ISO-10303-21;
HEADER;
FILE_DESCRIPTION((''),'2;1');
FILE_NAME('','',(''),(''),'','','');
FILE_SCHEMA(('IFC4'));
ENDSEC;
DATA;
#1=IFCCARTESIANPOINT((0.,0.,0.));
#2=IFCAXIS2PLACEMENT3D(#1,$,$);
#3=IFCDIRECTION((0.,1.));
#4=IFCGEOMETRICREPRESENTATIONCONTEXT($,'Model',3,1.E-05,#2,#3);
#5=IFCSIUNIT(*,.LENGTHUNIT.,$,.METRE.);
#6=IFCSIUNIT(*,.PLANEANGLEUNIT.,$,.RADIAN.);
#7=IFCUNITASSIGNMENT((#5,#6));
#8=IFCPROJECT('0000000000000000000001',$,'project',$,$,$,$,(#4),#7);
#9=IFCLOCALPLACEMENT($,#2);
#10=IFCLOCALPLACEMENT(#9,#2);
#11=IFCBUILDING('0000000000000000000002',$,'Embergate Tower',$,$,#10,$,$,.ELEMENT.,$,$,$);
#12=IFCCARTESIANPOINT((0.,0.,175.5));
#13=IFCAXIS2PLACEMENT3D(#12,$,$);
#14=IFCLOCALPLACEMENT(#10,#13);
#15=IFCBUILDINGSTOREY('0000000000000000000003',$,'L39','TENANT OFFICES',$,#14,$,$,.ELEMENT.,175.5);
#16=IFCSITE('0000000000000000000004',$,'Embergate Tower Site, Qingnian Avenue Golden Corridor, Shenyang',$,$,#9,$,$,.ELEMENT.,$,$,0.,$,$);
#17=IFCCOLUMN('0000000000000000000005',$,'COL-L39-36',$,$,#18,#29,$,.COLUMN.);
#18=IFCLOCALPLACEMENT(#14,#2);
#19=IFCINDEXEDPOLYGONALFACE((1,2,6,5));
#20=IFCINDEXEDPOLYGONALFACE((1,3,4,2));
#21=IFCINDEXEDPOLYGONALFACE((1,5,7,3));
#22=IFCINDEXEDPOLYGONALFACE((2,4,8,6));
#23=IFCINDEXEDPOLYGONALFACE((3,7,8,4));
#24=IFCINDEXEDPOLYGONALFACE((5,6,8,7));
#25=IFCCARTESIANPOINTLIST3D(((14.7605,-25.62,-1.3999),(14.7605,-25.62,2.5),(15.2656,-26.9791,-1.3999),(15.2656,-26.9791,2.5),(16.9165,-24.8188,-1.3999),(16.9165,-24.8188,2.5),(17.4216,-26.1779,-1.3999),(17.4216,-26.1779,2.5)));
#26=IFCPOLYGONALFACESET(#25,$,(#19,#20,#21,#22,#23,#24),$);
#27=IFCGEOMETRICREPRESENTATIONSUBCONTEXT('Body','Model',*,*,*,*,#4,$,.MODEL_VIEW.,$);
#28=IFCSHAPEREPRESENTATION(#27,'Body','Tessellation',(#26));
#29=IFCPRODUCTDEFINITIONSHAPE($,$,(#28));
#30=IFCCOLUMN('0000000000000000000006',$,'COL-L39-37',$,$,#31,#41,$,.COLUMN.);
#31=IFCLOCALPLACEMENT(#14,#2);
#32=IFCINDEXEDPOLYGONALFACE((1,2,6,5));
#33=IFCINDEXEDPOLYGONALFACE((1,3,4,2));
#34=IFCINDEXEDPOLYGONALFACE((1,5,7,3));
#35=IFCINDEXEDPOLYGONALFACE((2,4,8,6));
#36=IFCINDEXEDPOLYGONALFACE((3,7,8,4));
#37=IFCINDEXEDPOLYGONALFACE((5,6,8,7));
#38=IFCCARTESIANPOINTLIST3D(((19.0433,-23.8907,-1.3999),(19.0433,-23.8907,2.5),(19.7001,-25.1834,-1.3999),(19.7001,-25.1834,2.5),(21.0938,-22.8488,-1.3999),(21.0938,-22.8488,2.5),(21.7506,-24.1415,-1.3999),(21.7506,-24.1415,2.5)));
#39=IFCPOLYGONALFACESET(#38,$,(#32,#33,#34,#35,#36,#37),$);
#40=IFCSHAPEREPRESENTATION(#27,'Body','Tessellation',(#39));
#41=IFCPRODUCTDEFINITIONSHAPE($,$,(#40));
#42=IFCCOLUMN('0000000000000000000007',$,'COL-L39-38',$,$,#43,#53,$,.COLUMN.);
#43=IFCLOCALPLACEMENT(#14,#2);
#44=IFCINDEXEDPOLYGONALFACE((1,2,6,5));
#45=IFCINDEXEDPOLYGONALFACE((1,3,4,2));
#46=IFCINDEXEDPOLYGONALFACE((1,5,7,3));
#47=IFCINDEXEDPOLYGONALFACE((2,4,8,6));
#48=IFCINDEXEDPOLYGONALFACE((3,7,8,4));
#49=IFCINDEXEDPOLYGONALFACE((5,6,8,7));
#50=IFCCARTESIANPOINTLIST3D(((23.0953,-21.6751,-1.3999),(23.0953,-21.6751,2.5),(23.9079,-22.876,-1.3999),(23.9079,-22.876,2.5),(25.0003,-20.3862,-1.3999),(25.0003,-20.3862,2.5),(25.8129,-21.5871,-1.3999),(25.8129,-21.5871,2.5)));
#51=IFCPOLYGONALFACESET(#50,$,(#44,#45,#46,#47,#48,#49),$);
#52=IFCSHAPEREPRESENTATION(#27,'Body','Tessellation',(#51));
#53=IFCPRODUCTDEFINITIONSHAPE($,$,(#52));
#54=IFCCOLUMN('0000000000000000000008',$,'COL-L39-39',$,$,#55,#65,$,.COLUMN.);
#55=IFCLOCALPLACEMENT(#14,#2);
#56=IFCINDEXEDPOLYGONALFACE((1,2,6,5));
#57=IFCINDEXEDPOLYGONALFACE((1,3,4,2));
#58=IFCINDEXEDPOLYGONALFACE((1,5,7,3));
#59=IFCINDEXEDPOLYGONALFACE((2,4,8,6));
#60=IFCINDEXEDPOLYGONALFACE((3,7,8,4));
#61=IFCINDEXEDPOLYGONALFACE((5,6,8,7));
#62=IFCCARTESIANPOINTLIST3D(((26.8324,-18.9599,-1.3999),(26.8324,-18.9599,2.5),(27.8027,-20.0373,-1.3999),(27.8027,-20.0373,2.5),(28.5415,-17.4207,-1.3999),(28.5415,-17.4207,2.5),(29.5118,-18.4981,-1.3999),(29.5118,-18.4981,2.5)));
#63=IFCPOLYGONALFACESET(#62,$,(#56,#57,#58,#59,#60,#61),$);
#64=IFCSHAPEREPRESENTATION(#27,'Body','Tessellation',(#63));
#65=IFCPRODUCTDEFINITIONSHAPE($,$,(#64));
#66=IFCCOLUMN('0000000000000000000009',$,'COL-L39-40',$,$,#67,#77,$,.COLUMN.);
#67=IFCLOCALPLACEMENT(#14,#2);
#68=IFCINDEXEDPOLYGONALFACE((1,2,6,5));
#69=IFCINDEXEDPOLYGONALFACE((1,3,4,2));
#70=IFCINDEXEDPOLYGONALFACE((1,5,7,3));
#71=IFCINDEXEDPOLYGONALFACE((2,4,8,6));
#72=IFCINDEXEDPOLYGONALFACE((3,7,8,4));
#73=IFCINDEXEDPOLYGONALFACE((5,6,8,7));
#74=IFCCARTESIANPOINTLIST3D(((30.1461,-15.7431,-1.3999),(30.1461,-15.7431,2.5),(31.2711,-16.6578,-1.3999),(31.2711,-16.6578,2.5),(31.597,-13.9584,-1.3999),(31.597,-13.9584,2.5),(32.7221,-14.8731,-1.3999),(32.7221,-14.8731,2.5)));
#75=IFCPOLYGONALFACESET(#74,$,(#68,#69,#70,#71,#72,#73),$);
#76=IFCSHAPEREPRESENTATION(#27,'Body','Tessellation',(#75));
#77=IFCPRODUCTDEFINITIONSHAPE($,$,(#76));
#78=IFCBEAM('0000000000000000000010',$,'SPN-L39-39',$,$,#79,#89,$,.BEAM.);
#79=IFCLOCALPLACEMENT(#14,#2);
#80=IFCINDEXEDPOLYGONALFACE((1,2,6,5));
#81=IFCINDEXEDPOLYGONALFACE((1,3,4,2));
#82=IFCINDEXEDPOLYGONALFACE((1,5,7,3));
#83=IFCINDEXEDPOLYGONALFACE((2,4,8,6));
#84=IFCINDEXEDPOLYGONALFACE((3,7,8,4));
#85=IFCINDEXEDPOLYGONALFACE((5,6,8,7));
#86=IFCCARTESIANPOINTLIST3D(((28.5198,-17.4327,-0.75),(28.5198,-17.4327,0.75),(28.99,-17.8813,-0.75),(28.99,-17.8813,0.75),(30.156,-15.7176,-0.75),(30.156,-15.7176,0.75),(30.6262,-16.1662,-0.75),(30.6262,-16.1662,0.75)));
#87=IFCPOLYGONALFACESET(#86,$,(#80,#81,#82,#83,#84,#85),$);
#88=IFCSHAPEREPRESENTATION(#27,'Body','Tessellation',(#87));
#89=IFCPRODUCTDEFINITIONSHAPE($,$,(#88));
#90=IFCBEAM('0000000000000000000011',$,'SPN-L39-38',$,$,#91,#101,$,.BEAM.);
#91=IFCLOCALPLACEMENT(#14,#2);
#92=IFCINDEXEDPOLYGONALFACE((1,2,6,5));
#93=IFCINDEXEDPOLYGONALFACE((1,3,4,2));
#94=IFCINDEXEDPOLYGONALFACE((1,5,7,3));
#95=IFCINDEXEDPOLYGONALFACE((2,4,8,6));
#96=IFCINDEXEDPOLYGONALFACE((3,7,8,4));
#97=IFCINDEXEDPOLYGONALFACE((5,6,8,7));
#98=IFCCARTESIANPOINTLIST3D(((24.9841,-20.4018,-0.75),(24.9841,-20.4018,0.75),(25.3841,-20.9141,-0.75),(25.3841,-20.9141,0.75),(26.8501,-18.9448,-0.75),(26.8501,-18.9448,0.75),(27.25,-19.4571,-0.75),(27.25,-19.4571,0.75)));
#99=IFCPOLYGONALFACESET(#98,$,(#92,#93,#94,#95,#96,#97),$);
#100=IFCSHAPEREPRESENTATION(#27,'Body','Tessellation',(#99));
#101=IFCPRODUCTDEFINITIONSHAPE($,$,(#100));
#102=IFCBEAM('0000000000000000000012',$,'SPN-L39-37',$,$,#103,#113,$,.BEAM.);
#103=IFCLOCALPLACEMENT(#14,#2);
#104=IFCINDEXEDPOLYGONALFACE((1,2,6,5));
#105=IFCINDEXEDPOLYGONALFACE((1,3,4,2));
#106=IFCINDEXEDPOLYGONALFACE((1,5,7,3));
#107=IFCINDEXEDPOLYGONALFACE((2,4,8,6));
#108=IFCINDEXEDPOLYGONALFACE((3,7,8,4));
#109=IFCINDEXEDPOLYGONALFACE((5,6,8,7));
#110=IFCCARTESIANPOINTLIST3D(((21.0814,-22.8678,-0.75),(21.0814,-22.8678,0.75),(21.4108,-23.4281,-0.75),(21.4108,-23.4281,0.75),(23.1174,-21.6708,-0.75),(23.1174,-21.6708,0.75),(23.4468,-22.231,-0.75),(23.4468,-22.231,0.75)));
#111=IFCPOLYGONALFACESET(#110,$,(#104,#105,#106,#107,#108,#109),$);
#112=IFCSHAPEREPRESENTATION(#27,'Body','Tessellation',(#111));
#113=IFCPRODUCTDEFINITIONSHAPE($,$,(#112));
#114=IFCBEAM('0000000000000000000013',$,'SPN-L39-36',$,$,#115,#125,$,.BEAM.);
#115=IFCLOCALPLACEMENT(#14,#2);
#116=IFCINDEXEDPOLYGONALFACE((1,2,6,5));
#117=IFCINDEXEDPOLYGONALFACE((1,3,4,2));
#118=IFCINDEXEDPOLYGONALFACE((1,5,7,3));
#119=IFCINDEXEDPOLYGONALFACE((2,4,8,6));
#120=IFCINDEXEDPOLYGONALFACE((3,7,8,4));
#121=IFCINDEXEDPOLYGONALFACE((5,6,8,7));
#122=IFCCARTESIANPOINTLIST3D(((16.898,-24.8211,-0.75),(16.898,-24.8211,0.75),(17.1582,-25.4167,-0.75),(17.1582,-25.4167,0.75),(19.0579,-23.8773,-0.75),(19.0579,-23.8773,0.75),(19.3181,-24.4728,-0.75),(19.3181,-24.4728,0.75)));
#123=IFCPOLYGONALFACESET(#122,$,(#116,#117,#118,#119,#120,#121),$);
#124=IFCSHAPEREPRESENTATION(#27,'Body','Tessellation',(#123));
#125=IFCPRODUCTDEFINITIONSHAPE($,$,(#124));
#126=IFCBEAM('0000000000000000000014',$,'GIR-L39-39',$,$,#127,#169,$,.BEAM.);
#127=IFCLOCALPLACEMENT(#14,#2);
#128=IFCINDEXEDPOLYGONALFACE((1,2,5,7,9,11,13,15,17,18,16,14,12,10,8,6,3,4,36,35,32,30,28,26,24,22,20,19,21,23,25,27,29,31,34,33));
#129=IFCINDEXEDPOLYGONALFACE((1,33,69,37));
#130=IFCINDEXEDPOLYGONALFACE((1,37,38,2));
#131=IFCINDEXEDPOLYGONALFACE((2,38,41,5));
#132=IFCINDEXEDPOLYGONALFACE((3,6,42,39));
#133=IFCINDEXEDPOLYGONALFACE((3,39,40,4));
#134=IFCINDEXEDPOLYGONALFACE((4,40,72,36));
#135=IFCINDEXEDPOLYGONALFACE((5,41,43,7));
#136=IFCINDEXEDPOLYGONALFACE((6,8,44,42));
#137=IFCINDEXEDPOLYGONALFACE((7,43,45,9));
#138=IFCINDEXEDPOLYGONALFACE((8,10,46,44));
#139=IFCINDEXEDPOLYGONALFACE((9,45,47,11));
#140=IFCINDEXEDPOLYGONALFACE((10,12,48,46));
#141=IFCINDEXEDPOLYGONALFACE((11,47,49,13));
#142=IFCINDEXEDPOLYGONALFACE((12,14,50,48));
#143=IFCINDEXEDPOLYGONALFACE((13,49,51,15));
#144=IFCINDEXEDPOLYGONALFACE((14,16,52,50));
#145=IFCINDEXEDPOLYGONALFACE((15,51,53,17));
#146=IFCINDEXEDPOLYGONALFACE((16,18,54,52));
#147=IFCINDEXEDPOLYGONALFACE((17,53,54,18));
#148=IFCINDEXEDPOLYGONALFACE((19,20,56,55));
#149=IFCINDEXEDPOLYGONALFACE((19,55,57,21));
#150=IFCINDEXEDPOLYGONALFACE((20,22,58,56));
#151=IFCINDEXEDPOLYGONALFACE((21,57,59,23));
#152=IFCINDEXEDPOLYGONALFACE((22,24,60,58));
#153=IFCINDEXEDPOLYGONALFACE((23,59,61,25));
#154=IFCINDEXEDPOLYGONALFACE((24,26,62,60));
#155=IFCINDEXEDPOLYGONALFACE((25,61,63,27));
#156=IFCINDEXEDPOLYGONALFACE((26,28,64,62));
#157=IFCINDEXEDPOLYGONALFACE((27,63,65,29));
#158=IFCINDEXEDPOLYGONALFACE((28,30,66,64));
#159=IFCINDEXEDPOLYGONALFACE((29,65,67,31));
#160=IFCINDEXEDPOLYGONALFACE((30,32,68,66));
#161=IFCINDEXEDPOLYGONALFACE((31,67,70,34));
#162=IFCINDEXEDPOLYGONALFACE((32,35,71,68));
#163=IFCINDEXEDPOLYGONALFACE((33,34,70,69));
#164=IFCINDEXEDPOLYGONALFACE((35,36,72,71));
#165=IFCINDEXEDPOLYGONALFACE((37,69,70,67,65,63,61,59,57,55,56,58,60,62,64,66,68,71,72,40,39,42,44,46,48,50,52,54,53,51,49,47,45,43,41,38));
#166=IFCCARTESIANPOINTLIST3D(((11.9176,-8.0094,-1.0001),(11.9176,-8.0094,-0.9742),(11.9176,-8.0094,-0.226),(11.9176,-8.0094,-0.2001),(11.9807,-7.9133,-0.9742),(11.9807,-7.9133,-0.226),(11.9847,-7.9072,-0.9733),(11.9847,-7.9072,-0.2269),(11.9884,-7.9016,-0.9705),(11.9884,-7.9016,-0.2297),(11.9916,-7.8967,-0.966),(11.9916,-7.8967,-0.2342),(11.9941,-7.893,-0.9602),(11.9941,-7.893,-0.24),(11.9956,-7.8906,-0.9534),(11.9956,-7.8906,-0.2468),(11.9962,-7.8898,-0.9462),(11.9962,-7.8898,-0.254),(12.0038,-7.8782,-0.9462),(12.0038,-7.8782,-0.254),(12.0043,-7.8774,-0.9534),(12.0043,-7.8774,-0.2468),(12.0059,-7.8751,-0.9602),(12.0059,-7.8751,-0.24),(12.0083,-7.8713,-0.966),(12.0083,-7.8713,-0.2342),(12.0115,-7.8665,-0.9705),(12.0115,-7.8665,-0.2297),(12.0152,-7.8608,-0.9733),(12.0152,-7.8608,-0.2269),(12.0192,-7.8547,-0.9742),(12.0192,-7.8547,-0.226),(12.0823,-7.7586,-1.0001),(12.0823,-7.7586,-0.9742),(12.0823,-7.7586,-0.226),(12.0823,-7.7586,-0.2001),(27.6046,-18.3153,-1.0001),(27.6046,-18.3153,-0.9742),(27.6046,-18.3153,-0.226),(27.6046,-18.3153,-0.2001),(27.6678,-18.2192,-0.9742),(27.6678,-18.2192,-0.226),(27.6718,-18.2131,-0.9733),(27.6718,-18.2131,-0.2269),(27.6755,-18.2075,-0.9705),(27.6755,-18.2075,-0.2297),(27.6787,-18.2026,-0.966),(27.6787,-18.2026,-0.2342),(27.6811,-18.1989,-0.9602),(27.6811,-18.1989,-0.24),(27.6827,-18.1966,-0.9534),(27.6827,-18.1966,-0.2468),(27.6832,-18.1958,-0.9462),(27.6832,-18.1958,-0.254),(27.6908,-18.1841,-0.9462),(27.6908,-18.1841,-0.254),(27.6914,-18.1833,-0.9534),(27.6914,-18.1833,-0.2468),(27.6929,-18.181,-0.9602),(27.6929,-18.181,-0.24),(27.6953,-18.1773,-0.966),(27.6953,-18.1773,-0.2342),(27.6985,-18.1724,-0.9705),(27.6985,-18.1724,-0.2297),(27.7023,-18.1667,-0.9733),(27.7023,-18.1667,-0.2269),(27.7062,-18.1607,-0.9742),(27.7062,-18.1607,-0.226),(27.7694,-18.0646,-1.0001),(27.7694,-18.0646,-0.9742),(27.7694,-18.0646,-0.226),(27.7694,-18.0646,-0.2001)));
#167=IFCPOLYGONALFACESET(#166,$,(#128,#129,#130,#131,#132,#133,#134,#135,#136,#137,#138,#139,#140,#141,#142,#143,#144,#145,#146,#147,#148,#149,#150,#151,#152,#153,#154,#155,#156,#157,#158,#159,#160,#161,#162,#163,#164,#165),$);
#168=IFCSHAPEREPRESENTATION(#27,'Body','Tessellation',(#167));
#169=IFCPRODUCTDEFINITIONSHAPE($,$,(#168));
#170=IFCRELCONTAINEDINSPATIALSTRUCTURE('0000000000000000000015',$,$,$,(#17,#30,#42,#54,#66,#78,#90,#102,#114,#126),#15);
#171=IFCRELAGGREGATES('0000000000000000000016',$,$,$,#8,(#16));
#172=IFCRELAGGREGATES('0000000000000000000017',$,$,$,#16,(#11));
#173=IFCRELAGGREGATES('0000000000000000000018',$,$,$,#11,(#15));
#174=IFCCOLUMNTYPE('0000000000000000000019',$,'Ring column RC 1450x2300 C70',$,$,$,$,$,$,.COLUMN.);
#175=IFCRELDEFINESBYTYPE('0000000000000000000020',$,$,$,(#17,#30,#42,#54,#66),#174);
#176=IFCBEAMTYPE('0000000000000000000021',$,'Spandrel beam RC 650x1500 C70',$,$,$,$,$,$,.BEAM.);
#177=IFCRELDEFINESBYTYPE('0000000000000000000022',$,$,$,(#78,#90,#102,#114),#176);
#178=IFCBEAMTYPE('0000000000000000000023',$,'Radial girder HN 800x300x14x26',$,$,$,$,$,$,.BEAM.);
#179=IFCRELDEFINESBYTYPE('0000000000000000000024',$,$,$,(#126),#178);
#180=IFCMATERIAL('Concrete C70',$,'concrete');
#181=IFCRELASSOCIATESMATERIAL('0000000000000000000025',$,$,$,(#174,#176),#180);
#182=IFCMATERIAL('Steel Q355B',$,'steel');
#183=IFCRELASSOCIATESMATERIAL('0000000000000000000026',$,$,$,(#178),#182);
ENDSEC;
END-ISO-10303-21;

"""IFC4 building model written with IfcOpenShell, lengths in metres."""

from ifc_helpers import new_model, si_unit, direction, frame, origin, origin_2d, place, context, subcontext, project, spatial, rectangle, i_section, extrude, source, transform, mapped, material, material_profile, profile_set, type_object, element, save


model = new_model("IFC4")

# Units and contexts
model_context = context("Model", 3, precision=1e-05, world=origin(), true_north=direction((0.0, 1.0)))
body_context = subcontext(model_context, "Body", "Model", "MODEL_VIEW")
ifc_project = project(units=[si_unit("LENGTHUNIT", "METRE"), si_unit("PLANEANGLEUNIT", "RADIAN")], contexts=[model_context])

# Site, building, storey
site_placement = place(None, origin())
site = spatial("IfcSite", under=ifc_project, at=site_placement, Name="Embergate Tower Site, Qingnian Avenue Golden Corridor, Shenyang", CompositionType="ELEMENT", RefElevation=0.0)
building_placement = place(site_placement, origin())
building = spatial("IfcBuilding", under=site, at=building_placement, Name="Embergate Tower", CompositionType="ELEMENT")
storey_placement = place(building_placement, frame((0.0, 0.0, 175.5)))
storey = spatial("IfcBuildingStorey", under=building, at=storey_placement, Name="L39", Description="TENANT OFFICES", CompositionType="ELEMENT", Elevation=175.5)

# Columns
ifc_material_1 = material(Name="Concrete C70", Category="concrete")
ifc_material_profile_1 = material_profile(ifc_material_1, rectangle(XDim=1.45, YDim=2.3, at=origin_2d()), Name="RC 1450x2300")
ifc_profile_set_1 = profile_set([ifc_material_profile_1], Name="Concrete C70")
column_type = type_object("IfcColumnType", Name="Ring column RC 1450x2300 C70", PredefinedType="COLUMN", material=ifc_profile_set_1)
shared_shape_1 = source(origin(), body_context, "Body", "SweptSolid", [
    extrude(rectangle(XDim=1.45, YDim=2.3, at=origin_2d()), origin(), (0.0, 0.0, 1.0), 3.8999),
])
for number, where, z_axis, x_axis, name in (
    (1, (16.0911, -25.8989, -1.3999), (0.0, 0.0, 1.0), (0.348343, -0.937367, 0.0), "COL-L39-36"),
    (2, (20.397, -24.0161, -1.3999), (0.0, 0.0, 1.0), (0.452995, -0.891513, 0.0), "COL-L39-37"),
    (3, (24.4541, -21.6311, -1.3999), (0.0, 0.0, 1.0), (0.560393, -0.828227, 0.0), "COL-L39-38"),
    (4, (28.1721, -18.729, -1.3999), (0.0, 0.0, 1.0), (0.669208, -0.743075, 0.0), "COL-L39-39"),
    (5, (31.4341, -15.3081, -1.3999), (0.0, 0.0, 1.0), (0.775914, -0.630838, 0.0), "COL-L39-40"),
):
    element("IfcColumn", number, at=place(storey_placement, frame(where, z_axis=z_axis, x_axis=x_axis)), inside=storey, type_object=column_type, Name=name, PredefinedType="COLUMN", context=body_context, shape_type="MappedRepresentation", body=[
        mapped(shared_shape_1, transform((0.0, 0.0, 0.0))),
    ])

# Beams
ifc_material_profile_2 = material_profile(ifc_material_1, rectangle(XDim=0.6499, YDim=1.5, at=origin_2d()), Name="RC 650x1500")
ifc_profile_set_2 = profile_set([ifc_material_profile_2], Name="Concrete C70")
beam_type_1 = type_object("IfcBeamType", Name="Spandrel beam RC 650x1500 C70", PredefinedType="BEAM", material=ifc_profile_set_2)
shared_shape_2 = source(origin(), body_context, "Body", "SweptSolid", [
    extrude(rectangle(XDim=0.6499, YDim=1.5, at=origin_2d()), origin(), (0.0, 0.0, 1.0), 2.3704),
])
beam_1_placement = place(storey_placement, frame((28.7549, -17.657, 0.0), z_axis=(0.690277, 0.723545, 0.0), x_axis=(-0.723545, 0.690277, 0.0)))
element("IfcBeam", 6, at=beam_1_placement, inside=storey, type_object=beam_type_1, Name="SPN-L39-39", PredefinedType="BEAM", context=body_context, shape_type="MappedRepresentation", body=[
    mapped(shared_shape_2, transform((0.0, 0.0, 0.0))),
])
shared_shape_3 = source(origin(), body_context, "Body", "SweptSolid", [
    extrude(rectangle(XDim=0.6499, YDim=1.5, at=origin_2d()), origin(), (0.0, 0.0, 1.0), 2.3674),
])
beam_2_placement = place(storey_placement, frame((25.1841, -20.658, 0.0), z_axis=(0.788179, 0.615446, 0.0), x_axis=(-0.615446, 0.788179, 0.0)))
element("IfcBeam", 7, at=beam_2_placement, inside=storey, type_object=beam_type_1, Name="SPN-L39-38", PredefinedType="BEAM", context=body_context, shape_type="MappedRepresentation", body=[
    mapped(shared_shape_3, transform((0.0, 0.0, 0.0))),
])
shared_shape_4 = source(origin(), body_context, "Body", "SweptSolid", [
    extrude(rectangle(XDim=0.6499, YDim=1.5, at=origin_2d()), origin(), (0.0, 0.0, 1.0), 2.3618),
])
beam_3_placement = place(storey_placement, frame((21.2461, -23.1479, 0.0), z_axis=(0.862038, 0.506844, 0.0), x_axis=(-0.506844, 0.862038, 0.0)))
element("IfcBeam", 8, at=beam_3_placement, inside=storey, type_object=beam_type_1, Name="SPN-L39-37", PredefinedType="BEAM", context=body_context, shape_type="MappedRepresentation", body=[
    mapped(shared_shape_4, transform((0.0, 0.0, 0.0))),
])
shared_shape_5 = source(origin(), body_context, "Body", "SweptSolid", [
    extrude(rectangle(XDim=0.6499, YDim=1.5, at=origin_2d()), origin(), (0.0, 0.0, 1.0), 2.3572),
])
beam_4_placement = place(storey_placement, frame((17.0281, -25.1189, 0.0), z_axis=(0.916331, 0.400422, 0.0), x_axis=(-0.400422, 0.916331, 0.0)))
element("IfcBeam", 9, at=beam_4_placement, inside=storey, type_object=beam_type_1, Name="SPN-L39-36", PredefinedType="BEAM", context=body_context, shape_type="MappedRepresentation", body=[
    mapped(shared_shape_5, transform((0.0, 0.0, 0.0))),
])
ifc_material_2 = material(Name="Steel Q355B", Category="steel")
ifc_material_profile_3 = material_profile(ifc_material_2, i_section(OverallWidth=0.3, OverallDepth=0.8, WebThickness=0.0139, FlangeThickness=0.0259, FilletRadius=0.0281, at=origin_2d()), Name="HN 800x300x14x26")
ifc_profile_set_3 = profile_set([ifc_material_profile_3], Name="Steel Q355 grade B")
beam_type_2 = type_object("IfcBeamType", Name="Radial girder HN 800x300x14x26", PredefinedType="BEAM", material=ifc_profile_set_3)
shared_shape_6 = source(origin(), body_context, "Body", "SweptSolid", [
    extrude(i_section(OverallWidth=0.3, OverallDepth=0.8, WebThickness=0.0139, FlangeThickness=0.0259, FilletRadius=0.0281, at=origin_2d()), origin(), (0.0, 0.0, 1.0), 18.7695),
])
beam_5_placement = place(storey_placement, frame((27.687, -18.1899, -0.6001), z_axis=(-0.835771, 0.549077, 0.0), x_axis=(-0.549077, -0.835771, 0.0)))
element("IfcBeam", 10, at=beam_5_placement, inside=storey, type_object=beam_type_2, Name="GIR-L39-39", PredefinedType="BEAM", context=body_context, shape_type="MappedRepresentation", body=[
    mapped(shared_shape_6, transform((0.0, 0.0, 0.0))),
])

save(model, "model.ifc")
